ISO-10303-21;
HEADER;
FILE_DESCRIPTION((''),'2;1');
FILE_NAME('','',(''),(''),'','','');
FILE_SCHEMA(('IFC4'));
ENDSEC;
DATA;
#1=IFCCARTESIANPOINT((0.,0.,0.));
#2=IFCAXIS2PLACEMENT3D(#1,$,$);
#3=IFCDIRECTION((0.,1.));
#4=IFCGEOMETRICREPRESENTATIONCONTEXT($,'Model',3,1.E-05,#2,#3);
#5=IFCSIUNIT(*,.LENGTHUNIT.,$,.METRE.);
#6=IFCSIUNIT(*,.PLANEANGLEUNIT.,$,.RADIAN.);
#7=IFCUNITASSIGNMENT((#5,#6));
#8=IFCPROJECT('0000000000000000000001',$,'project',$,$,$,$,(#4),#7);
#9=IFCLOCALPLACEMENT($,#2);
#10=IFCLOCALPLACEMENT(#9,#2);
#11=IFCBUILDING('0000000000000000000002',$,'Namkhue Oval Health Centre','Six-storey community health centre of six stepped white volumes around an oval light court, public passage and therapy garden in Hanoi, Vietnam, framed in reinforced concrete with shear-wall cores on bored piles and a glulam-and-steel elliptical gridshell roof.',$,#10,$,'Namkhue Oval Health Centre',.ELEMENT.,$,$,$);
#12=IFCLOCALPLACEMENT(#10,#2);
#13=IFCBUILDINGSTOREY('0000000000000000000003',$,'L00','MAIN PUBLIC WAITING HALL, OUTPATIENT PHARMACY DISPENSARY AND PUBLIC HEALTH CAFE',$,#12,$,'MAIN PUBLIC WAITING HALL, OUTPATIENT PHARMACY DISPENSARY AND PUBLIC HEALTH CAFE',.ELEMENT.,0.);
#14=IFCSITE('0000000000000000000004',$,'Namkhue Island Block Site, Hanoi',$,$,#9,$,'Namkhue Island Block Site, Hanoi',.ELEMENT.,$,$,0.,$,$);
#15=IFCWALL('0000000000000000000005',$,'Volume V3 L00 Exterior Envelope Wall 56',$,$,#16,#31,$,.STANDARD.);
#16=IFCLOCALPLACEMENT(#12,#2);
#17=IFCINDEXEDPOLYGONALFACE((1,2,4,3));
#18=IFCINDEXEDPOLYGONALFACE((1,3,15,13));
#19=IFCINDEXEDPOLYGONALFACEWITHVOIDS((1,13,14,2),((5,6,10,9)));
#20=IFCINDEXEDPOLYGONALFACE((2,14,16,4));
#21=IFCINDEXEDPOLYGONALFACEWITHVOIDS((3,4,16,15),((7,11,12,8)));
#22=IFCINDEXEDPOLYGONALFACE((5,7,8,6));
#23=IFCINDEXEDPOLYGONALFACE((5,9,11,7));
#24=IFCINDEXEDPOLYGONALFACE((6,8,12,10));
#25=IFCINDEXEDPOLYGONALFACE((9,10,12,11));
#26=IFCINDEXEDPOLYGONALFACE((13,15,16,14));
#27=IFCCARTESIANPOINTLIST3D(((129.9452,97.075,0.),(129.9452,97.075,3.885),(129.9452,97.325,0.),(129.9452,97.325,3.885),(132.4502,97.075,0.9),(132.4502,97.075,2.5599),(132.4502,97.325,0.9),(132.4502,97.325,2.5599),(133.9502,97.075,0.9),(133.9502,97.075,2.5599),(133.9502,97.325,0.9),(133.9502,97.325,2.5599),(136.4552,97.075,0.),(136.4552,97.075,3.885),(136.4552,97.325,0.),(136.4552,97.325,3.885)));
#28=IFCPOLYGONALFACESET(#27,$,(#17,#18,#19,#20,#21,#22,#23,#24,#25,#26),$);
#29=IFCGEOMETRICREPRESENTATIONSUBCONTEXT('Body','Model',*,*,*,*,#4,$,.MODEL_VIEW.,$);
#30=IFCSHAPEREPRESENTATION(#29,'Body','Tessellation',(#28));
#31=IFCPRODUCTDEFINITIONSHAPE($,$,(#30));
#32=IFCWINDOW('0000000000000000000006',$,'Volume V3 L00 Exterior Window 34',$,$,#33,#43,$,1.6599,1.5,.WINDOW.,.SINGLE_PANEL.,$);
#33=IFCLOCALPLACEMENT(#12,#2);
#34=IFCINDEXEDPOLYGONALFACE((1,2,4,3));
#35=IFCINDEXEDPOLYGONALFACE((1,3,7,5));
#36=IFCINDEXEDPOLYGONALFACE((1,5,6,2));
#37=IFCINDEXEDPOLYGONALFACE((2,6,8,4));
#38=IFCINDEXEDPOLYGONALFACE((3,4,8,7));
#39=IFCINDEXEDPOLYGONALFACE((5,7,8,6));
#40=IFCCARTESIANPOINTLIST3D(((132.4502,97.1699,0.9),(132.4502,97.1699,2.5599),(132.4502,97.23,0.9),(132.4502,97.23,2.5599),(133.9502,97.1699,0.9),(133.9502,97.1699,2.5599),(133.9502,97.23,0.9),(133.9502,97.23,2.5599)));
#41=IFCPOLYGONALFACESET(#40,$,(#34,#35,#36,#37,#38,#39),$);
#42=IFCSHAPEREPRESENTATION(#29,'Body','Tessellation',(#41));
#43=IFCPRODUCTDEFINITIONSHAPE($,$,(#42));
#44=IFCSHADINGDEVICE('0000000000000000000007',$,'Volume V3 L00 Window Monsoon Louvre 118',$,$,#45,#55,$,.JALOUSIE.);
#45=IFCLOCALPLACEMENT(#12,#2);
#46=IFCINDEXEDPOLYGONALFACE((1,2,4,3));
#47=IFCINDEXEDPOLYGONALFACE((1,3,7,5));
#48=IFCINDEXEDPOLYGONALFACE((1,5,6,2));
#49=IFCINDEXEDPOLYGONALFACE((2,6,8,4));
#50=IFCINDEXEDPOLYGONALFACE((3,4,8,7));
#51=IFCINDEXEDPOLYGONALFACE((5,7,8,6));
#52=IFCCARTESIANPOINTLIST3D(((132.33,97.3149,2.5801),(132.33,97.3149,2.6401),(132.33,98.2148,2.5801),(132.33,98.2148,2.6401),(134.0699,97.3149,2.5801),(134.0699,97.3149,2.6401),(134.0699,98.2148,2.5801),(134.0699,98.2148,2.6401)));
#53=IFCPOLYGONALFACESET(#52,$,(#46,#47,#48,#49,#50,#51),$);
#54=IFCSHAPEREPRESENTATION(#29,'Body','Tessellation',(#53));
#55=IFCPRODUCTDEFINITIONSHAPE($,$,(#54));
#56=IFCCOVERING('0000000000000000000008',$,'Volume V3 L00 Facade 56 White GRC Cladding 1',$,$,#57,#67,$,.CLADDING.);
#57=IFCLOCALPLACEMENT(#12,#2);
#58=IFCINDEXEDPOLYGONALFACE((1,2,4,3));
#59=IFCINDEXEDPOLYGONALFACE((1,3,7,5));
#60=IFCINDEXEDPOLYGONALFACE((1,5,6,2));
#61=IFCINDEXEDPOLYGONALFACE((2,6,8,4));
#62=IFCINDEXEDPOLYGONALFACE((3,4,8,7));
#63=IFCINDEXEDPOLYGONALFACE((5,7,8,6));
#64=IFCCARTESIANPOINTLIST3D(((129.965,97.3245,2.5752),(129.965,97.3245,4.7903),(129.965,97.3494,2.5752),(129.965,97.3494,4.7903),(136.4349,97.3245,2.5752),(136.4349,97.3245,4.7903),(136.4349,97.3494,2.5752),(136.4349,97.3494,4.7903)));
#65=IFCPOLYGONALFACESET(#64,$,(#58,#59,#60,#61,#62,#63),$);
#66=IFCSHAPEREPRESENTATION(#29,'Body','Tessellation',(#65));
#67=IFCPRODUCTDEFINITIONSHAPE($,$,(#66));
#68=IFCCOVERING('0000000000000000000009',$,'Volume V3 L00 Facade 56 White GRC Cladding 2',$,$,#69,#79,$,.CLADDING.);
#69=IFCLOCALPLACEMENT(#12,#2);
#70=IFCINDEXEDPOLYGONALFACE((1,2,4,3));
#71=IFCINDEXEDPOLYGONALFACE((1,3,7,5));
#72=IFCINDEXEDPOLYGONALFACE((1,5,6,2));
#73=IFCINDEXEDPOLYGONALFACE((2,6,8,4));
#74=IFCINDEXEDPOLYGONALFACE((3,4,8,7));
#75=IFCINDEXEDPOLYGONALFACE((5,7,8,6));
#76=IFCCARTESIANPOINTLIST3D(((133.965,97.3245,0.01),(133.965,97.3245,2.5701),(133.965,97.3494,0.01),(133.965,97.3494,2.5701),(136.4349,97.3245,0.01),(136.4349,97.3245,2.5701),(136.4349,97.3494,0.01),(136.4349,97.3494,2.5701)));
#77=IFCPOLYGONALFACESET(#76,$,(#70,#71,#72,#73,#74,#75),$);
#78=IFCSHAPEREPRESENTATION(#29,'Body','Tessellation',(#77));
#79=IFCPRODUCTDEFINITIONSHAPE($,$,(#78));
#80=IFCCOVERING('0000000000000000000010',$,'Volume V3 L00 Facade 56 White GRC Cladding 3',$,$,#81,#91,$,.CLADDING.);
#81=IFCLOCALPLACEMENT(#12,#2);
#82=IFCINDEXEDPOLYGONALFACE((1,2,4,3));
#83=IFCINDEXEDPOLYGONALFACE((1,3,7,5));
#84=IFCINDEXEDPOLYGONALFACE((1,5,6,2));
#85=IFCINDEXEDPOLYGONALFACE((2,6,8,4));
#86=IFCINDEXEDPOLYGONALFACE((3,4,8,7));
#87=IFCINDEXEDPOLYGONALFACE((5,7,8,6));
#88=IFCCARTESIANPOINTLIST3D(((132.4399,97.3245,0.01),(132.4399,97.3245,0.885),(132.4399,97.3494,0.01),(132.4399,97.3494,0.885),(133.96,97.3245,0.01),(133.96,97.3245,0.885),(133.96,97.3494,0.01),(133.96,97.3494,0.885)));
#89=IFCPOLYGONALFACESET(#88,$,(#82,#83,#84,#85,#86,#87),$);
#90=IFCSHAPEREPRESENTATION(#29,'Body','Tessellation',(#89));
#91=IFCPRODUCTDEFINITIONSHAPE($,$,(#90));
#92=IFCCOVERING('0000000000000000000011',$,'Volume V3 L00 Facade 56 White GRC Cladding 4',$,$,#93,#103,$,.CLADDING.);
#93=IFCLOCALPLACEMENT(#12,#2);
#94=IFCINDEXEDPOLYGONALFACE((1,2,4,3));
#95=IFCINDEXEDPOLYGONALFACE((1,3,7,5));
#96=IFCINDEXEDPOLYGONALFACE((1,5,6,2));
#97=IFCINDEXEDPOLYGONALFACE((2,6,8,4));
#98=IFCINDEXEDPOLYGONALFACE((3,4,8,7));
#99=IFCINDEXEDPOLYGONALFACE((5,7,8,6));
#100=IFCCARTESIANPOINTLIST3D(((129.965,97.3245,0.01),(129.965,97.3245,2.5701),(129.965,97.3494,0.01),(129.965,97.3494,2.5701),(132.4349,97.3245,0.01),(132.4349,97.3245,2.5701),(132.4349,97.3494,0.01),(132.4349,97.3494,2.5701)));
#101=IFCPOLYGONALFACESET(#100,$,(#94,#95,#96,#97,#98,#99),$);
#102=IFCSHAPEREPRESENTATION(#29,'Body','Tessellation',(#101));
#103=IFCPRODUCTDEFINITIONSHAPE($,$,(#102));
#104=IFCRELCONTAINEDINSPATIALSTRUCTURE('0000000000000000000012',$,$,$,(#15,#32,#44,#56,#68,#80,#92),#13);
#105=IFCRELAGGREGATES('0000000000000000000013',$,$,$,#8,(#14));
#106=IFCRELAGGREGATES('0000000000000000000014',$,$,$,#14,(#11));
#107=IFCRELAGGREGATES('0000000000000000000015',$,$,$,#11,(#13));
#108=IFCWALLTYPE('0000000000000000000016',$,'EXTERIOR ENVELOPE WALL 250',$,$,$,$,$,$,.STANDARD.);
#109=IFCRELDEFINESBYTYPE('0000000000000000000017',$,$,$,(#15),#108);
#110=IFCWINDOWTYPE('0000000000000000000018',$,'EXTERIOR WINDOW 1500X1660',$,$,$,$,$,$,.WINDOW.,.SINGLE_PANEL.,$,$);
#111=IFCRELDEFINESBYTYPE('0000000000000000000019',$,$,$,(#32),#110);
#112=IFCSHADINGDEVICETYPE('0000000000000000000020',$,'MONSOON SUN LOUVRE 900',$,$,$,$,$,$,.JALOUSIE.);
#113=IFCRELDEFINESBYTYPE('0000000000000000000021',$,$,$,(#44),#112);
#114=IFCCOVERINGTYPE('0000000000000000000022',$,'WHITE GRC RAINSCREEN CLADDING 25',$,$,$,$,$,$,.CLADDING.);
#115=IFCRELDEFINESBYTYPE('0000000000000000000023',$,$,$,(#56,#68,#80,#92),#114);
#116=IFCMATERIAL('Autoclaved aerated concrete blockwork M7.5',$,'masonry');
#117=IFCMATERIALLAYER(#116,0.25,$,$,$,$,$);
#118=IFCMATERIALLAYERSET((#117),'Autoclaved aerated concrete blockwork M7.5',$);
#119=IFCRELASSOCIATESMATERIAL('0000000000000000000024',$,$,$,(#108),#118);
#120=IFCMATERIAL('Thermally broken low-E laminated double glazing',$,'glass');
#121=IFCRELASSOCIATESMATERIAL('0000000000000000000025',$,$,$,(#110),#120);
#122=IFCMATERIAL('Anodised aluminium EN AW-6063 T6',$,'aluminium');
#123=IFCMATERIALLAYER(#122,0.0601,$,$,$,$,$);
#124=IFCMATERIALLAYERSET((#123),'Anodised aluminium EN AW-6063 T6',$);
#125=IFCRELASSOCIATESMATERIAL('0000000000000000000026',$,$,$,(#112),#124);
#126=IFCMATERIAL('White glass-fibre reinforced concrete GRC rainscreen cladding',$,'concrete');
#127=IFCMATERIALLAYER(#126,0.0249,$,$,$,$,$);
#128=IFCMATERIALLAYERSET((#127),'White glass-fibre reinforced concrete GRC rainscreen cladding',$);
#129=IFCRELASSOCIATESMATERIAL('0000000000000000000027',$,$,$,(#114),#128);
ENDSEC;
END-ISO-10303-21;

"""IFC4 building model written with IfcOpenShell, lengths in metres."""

from ifc_helpers import new_model, si_unit, direction, frame, frame_2d, origin, origin_2d, place, context, subcontext, project, spatial, rectangle, extrude, material, layer, layer_set, type_object, element, fill, save


model = new_model("IFC4")

# Units and contexts
model_context = context("Model", 3, precision=1e-05, world=origin(), true_north=direction((0.0, 1.0)))
body_context = subcontext(model_context, "Body", "Model", "MODEL_VIEW")
ifc_project = project(units=[si_unit("LENGTHUNIT", "METRE"), si_unit("PLANEANGLEUNIT", "RADIAN")], contexts=[model_context])

# Site, building, storey
site_placement = place(None, origin())
site = spatial("IfcSite", under=ifc_project, at=site_placement, Name="Namkhue Island Block Site, Hanoi", LongName="Namkhue Island Block Site, Hanoi", CompositionType="ELEMENT", RefElevation=0.0)
building_placement = place(site_placement, origin())
building = spatial("IfcBuilding", under=site, at=building_placement, Name="Namkhue Oval Health Centre", Description="Six-storey community health centre of six stepped white volumes around an oval light court, public passage and therapy garden in Hanoi, Vietnam, framed in reinforced concrete with shear-wall cores on bored piles and a glulam-and-steel elliptical gridshell roof.", LongName="Namkhue Oval Health Centre", CompositionType="ELEMENT")
storey_placement = place(building_placement, origin())
storey = spatial("IfcBuildingStorey", under=building, at=storey_placement, Name="L00", Description="MAIN PUBLIC WAITING HALL, OUTPATIENT PHARMACY DISPENSARY AND PUBLIC HEALTH CAFE", LongName="MAIN PUBLIC WAITING HALL, OUTPATIENT PHARMACY DISPENSARY AND PUBLIC HEALTH CAFE", CompositionType="ELEMENT", Elevation=0.0)

# Shared definitions
ifc_material_1 = material(Name="Anodised aluminium EN AW-6063 T6", Category="aluminium")

# Wall, opening, window
ifc_material_2 = material(Name="Autoclaved aerated concrete blockwork M7.5", Category="masonry")
ifc_layer_1 = layer(ifc_material_2, 0.25)
ifc_layer_set_1 = layer_set([ifc_layer_1], Name="Autoclaved aerated concrete blockwork M7.5")
wall_type = type_object("IfcWallType", Name="EXTERIOR ENVELOPE WALL 250", PredefinedType="STANDARD", material=ifc_layer_set_1)
wall_placement = place(storey_placement, frame((136.4551, 97.2, 0.0), z_axis=(0.0, 0.0, 1.0), x_axis=(-1.0, 0.0, 0.0)))
wall = element("IfcWall", 1, at=wall_placement, inside=storey, type_object=wall_type, Name="Volume V3 L00 Exterior Envelope Wall 56", PredefinedType="STANDARD", context=body_context, shape_type="SweptSolid", body=[
    extrude(rectangle(XDim=6.51, YDim=0.25, at=frame_2d((3.2549, 0.0))), origin(), (0.0, 0.0, 1.0), 3.885),
])
opening_placement = place(wall_placement, frame((2.5049, 0.0, 0.8999)))
opening = element("IfcOpeningElement", 2, at=opening_placement, cuts=wall, PredefinedType="OPENING", context=body_context, shape_type="SweptSolid", body=[
    extrude(rectangle(XDim=1.5, YDim=1.6599, at=frame_2d((0.75, 0.8301))), frame((0.0, 0.135, 0.0), z_axis=(0.0, -1.0, 0.0), x_axis=(1.0, 0.0, 0.0)), (0.0, 0.0, 1.0), 0.27),
])
ifc_material_3 = material(Name="Thermally broken low-E laminated double glazing", Category="glass")
window_type = type_object("IfcWindowType", Name="EXTERIOR WINDOW 1500X1660", PartitioningType="SINGLE_PANEL", PredefinedType="WINDOW", material=ifc_material_3)
window_placement = place(opening_placement, origin())
window = element("IfcWindow", 3, at=window_placement, inside=storey, type_object=window_type, Name="Volume V3 L00 Exterior Window 34", OverallHeight=1.6599, OverallWidth=1.5, PartitioningType="SINGLE_PANEL", PredefinedType="WINDOW", context=body_context, shape_type="SweptSolid", body=[
    extrude(rectangle(XDim=1.5, YDim=1.6599, at=frame_2d((0.75, 0.8301))), frame((0.0, 0.03, 0.0), z_axis=(0.0, -1.0, 0.0), x_axis=(1.0, 0.0, 0.0)), (0.0, 0.0, 1.0), 0.0601),
])
fill(opening, window)

# Shading device
ifc_layer_2 = layer(ifc_material_1, 0.0601)
ifc_layer_set_2 = layer_set([ifc_layer_2], Name="Anodised aluminium EN AW-6063 T6")
shading_device_type = type_object("IfcShadingDeviceType", Name="MONSOON SUN LOUVRE 900", PredefinedType="JALOUSIE", material=ifc_layer_set_2)
shading_device_placement = place(storey_placement, frame((133.2, 97.7649, 2.5801), z_axis=(0.0, 0.0, 1.0), x_axis=(-1.0, 0.0, 0.0)))
element("IfcShadingDevice", 4, at=shading_device_placement, inside=storey, type_object=shading_device_type, Name="Volume V3 L00 Window Monsoon Louvre 118", PredefinedType="JALOUSIE", context=body_context, shape_type="SweptSolid", body=[
    extrude(rectangle(XDim=1.74, YDim=0.8999, at=origin_2d()), origin(), (0.0, 0.0, 1.0), 0.0601),
])

# Coverings
ifc_material_4 = material(Name="White glass-fibre reinforced concrete GRC rainscreen cladding", Category="concrete")
ifc_layer_3 = layer(ifc_material_4, 0.0249)
ifc_layer_set_3 = layer_set([ifc_layer_3], Name="White glass-fibre reinforced concrete GRC rainscreen cladding")
covering_type = type_object("IfcCoveringType", Name="WHITE GRC RAINSCREEN CLADDING 25", PredefinedType="CLADDING", material=ifc_layer_set_3)
covering_1_placement = place(storey_placement, frame((133.2, 97.3369, 2.5752), z_axis=(0.0, 0.0, 1.0), x_axis=(-1.0, 0.0, 0.0)))
element("IfcCovering", 5, at=covering_1_placement, inside=storey, type_object=covering_type, Name="Volume V3 L00 Facade 56 White GRC Cladding 1", PredefinedType="CLADDING", context=body_context, shape_type="SweptSolid", body=[
    extrude(rectangle(XDim=6.47, YDim=0.0249, at=origin_2d()), origin(), (0.0, 0.0, 1.0), 2.2151),
])
covering_2_placement = place(storey_placement, frame((135.2, 97.3369, 0.01), z_axis=(0.0, 0.0, 1.0), x_axis=(-1.0, 0.0, 0.0)))
element("IfcCovering", 6, at=covering_2_placement, inside=storey, type_object=covering_type, Name="Volume V3 L00 Facade 56 White GRC Cladding 2", PredefinedType="CLADDING", context=body_context, shape_type="SweptSolid", body=[
    extrude(rectangle(XDim=2.47, YDim=0.0249, at=origin_2d()), origin(), (0.0, 0.0, 1.0), 2.5601),
])
covering_3_placement = place(storey_placement, frame((133.2, 97.3369, 0.01), z_axis=(0.0, 0.0, 1.0), x_axis=(-1.0, 0.0, 0.0)))
element("IfcCovering", 7, at=covering_3_placement, inside=storey, type_object=covering_type, Name="Volume V3 L00 Facade 56 White GRC Cladding 3", PredefinedType="CLADDING", context=body_context, shape_type="SweptSolid", body=[
    extrude(rectangle(XDim=1.52, YDim=0.0249, at=origin_2d()), origin(), (0.0, 0.0, 1.0), 0.875),
])
covering_4_placement = place(storey_placement, frame((131.2, 97.3369, 0.01), z_axis=(0.0, 0.0, 1.0), x_axis=(-1.0, 0.0, 0.0)))
element("IfcCovering", 8, at=covering_4_placement, inside=storey, type_object=covering_type, Name="Volume V3 L00 Facade 56 White GRC Cladding 4", PredefinedType="CLADDING", context=body_context, shape_type="SweptSolid", body=[
    extrude(rectangle(XDim=2.47, YDim=0.0249, at=origin_2d()), origin(), (0.0, 0.0, 1.0), 2.5601),
])

save(model, "model.ifc")
